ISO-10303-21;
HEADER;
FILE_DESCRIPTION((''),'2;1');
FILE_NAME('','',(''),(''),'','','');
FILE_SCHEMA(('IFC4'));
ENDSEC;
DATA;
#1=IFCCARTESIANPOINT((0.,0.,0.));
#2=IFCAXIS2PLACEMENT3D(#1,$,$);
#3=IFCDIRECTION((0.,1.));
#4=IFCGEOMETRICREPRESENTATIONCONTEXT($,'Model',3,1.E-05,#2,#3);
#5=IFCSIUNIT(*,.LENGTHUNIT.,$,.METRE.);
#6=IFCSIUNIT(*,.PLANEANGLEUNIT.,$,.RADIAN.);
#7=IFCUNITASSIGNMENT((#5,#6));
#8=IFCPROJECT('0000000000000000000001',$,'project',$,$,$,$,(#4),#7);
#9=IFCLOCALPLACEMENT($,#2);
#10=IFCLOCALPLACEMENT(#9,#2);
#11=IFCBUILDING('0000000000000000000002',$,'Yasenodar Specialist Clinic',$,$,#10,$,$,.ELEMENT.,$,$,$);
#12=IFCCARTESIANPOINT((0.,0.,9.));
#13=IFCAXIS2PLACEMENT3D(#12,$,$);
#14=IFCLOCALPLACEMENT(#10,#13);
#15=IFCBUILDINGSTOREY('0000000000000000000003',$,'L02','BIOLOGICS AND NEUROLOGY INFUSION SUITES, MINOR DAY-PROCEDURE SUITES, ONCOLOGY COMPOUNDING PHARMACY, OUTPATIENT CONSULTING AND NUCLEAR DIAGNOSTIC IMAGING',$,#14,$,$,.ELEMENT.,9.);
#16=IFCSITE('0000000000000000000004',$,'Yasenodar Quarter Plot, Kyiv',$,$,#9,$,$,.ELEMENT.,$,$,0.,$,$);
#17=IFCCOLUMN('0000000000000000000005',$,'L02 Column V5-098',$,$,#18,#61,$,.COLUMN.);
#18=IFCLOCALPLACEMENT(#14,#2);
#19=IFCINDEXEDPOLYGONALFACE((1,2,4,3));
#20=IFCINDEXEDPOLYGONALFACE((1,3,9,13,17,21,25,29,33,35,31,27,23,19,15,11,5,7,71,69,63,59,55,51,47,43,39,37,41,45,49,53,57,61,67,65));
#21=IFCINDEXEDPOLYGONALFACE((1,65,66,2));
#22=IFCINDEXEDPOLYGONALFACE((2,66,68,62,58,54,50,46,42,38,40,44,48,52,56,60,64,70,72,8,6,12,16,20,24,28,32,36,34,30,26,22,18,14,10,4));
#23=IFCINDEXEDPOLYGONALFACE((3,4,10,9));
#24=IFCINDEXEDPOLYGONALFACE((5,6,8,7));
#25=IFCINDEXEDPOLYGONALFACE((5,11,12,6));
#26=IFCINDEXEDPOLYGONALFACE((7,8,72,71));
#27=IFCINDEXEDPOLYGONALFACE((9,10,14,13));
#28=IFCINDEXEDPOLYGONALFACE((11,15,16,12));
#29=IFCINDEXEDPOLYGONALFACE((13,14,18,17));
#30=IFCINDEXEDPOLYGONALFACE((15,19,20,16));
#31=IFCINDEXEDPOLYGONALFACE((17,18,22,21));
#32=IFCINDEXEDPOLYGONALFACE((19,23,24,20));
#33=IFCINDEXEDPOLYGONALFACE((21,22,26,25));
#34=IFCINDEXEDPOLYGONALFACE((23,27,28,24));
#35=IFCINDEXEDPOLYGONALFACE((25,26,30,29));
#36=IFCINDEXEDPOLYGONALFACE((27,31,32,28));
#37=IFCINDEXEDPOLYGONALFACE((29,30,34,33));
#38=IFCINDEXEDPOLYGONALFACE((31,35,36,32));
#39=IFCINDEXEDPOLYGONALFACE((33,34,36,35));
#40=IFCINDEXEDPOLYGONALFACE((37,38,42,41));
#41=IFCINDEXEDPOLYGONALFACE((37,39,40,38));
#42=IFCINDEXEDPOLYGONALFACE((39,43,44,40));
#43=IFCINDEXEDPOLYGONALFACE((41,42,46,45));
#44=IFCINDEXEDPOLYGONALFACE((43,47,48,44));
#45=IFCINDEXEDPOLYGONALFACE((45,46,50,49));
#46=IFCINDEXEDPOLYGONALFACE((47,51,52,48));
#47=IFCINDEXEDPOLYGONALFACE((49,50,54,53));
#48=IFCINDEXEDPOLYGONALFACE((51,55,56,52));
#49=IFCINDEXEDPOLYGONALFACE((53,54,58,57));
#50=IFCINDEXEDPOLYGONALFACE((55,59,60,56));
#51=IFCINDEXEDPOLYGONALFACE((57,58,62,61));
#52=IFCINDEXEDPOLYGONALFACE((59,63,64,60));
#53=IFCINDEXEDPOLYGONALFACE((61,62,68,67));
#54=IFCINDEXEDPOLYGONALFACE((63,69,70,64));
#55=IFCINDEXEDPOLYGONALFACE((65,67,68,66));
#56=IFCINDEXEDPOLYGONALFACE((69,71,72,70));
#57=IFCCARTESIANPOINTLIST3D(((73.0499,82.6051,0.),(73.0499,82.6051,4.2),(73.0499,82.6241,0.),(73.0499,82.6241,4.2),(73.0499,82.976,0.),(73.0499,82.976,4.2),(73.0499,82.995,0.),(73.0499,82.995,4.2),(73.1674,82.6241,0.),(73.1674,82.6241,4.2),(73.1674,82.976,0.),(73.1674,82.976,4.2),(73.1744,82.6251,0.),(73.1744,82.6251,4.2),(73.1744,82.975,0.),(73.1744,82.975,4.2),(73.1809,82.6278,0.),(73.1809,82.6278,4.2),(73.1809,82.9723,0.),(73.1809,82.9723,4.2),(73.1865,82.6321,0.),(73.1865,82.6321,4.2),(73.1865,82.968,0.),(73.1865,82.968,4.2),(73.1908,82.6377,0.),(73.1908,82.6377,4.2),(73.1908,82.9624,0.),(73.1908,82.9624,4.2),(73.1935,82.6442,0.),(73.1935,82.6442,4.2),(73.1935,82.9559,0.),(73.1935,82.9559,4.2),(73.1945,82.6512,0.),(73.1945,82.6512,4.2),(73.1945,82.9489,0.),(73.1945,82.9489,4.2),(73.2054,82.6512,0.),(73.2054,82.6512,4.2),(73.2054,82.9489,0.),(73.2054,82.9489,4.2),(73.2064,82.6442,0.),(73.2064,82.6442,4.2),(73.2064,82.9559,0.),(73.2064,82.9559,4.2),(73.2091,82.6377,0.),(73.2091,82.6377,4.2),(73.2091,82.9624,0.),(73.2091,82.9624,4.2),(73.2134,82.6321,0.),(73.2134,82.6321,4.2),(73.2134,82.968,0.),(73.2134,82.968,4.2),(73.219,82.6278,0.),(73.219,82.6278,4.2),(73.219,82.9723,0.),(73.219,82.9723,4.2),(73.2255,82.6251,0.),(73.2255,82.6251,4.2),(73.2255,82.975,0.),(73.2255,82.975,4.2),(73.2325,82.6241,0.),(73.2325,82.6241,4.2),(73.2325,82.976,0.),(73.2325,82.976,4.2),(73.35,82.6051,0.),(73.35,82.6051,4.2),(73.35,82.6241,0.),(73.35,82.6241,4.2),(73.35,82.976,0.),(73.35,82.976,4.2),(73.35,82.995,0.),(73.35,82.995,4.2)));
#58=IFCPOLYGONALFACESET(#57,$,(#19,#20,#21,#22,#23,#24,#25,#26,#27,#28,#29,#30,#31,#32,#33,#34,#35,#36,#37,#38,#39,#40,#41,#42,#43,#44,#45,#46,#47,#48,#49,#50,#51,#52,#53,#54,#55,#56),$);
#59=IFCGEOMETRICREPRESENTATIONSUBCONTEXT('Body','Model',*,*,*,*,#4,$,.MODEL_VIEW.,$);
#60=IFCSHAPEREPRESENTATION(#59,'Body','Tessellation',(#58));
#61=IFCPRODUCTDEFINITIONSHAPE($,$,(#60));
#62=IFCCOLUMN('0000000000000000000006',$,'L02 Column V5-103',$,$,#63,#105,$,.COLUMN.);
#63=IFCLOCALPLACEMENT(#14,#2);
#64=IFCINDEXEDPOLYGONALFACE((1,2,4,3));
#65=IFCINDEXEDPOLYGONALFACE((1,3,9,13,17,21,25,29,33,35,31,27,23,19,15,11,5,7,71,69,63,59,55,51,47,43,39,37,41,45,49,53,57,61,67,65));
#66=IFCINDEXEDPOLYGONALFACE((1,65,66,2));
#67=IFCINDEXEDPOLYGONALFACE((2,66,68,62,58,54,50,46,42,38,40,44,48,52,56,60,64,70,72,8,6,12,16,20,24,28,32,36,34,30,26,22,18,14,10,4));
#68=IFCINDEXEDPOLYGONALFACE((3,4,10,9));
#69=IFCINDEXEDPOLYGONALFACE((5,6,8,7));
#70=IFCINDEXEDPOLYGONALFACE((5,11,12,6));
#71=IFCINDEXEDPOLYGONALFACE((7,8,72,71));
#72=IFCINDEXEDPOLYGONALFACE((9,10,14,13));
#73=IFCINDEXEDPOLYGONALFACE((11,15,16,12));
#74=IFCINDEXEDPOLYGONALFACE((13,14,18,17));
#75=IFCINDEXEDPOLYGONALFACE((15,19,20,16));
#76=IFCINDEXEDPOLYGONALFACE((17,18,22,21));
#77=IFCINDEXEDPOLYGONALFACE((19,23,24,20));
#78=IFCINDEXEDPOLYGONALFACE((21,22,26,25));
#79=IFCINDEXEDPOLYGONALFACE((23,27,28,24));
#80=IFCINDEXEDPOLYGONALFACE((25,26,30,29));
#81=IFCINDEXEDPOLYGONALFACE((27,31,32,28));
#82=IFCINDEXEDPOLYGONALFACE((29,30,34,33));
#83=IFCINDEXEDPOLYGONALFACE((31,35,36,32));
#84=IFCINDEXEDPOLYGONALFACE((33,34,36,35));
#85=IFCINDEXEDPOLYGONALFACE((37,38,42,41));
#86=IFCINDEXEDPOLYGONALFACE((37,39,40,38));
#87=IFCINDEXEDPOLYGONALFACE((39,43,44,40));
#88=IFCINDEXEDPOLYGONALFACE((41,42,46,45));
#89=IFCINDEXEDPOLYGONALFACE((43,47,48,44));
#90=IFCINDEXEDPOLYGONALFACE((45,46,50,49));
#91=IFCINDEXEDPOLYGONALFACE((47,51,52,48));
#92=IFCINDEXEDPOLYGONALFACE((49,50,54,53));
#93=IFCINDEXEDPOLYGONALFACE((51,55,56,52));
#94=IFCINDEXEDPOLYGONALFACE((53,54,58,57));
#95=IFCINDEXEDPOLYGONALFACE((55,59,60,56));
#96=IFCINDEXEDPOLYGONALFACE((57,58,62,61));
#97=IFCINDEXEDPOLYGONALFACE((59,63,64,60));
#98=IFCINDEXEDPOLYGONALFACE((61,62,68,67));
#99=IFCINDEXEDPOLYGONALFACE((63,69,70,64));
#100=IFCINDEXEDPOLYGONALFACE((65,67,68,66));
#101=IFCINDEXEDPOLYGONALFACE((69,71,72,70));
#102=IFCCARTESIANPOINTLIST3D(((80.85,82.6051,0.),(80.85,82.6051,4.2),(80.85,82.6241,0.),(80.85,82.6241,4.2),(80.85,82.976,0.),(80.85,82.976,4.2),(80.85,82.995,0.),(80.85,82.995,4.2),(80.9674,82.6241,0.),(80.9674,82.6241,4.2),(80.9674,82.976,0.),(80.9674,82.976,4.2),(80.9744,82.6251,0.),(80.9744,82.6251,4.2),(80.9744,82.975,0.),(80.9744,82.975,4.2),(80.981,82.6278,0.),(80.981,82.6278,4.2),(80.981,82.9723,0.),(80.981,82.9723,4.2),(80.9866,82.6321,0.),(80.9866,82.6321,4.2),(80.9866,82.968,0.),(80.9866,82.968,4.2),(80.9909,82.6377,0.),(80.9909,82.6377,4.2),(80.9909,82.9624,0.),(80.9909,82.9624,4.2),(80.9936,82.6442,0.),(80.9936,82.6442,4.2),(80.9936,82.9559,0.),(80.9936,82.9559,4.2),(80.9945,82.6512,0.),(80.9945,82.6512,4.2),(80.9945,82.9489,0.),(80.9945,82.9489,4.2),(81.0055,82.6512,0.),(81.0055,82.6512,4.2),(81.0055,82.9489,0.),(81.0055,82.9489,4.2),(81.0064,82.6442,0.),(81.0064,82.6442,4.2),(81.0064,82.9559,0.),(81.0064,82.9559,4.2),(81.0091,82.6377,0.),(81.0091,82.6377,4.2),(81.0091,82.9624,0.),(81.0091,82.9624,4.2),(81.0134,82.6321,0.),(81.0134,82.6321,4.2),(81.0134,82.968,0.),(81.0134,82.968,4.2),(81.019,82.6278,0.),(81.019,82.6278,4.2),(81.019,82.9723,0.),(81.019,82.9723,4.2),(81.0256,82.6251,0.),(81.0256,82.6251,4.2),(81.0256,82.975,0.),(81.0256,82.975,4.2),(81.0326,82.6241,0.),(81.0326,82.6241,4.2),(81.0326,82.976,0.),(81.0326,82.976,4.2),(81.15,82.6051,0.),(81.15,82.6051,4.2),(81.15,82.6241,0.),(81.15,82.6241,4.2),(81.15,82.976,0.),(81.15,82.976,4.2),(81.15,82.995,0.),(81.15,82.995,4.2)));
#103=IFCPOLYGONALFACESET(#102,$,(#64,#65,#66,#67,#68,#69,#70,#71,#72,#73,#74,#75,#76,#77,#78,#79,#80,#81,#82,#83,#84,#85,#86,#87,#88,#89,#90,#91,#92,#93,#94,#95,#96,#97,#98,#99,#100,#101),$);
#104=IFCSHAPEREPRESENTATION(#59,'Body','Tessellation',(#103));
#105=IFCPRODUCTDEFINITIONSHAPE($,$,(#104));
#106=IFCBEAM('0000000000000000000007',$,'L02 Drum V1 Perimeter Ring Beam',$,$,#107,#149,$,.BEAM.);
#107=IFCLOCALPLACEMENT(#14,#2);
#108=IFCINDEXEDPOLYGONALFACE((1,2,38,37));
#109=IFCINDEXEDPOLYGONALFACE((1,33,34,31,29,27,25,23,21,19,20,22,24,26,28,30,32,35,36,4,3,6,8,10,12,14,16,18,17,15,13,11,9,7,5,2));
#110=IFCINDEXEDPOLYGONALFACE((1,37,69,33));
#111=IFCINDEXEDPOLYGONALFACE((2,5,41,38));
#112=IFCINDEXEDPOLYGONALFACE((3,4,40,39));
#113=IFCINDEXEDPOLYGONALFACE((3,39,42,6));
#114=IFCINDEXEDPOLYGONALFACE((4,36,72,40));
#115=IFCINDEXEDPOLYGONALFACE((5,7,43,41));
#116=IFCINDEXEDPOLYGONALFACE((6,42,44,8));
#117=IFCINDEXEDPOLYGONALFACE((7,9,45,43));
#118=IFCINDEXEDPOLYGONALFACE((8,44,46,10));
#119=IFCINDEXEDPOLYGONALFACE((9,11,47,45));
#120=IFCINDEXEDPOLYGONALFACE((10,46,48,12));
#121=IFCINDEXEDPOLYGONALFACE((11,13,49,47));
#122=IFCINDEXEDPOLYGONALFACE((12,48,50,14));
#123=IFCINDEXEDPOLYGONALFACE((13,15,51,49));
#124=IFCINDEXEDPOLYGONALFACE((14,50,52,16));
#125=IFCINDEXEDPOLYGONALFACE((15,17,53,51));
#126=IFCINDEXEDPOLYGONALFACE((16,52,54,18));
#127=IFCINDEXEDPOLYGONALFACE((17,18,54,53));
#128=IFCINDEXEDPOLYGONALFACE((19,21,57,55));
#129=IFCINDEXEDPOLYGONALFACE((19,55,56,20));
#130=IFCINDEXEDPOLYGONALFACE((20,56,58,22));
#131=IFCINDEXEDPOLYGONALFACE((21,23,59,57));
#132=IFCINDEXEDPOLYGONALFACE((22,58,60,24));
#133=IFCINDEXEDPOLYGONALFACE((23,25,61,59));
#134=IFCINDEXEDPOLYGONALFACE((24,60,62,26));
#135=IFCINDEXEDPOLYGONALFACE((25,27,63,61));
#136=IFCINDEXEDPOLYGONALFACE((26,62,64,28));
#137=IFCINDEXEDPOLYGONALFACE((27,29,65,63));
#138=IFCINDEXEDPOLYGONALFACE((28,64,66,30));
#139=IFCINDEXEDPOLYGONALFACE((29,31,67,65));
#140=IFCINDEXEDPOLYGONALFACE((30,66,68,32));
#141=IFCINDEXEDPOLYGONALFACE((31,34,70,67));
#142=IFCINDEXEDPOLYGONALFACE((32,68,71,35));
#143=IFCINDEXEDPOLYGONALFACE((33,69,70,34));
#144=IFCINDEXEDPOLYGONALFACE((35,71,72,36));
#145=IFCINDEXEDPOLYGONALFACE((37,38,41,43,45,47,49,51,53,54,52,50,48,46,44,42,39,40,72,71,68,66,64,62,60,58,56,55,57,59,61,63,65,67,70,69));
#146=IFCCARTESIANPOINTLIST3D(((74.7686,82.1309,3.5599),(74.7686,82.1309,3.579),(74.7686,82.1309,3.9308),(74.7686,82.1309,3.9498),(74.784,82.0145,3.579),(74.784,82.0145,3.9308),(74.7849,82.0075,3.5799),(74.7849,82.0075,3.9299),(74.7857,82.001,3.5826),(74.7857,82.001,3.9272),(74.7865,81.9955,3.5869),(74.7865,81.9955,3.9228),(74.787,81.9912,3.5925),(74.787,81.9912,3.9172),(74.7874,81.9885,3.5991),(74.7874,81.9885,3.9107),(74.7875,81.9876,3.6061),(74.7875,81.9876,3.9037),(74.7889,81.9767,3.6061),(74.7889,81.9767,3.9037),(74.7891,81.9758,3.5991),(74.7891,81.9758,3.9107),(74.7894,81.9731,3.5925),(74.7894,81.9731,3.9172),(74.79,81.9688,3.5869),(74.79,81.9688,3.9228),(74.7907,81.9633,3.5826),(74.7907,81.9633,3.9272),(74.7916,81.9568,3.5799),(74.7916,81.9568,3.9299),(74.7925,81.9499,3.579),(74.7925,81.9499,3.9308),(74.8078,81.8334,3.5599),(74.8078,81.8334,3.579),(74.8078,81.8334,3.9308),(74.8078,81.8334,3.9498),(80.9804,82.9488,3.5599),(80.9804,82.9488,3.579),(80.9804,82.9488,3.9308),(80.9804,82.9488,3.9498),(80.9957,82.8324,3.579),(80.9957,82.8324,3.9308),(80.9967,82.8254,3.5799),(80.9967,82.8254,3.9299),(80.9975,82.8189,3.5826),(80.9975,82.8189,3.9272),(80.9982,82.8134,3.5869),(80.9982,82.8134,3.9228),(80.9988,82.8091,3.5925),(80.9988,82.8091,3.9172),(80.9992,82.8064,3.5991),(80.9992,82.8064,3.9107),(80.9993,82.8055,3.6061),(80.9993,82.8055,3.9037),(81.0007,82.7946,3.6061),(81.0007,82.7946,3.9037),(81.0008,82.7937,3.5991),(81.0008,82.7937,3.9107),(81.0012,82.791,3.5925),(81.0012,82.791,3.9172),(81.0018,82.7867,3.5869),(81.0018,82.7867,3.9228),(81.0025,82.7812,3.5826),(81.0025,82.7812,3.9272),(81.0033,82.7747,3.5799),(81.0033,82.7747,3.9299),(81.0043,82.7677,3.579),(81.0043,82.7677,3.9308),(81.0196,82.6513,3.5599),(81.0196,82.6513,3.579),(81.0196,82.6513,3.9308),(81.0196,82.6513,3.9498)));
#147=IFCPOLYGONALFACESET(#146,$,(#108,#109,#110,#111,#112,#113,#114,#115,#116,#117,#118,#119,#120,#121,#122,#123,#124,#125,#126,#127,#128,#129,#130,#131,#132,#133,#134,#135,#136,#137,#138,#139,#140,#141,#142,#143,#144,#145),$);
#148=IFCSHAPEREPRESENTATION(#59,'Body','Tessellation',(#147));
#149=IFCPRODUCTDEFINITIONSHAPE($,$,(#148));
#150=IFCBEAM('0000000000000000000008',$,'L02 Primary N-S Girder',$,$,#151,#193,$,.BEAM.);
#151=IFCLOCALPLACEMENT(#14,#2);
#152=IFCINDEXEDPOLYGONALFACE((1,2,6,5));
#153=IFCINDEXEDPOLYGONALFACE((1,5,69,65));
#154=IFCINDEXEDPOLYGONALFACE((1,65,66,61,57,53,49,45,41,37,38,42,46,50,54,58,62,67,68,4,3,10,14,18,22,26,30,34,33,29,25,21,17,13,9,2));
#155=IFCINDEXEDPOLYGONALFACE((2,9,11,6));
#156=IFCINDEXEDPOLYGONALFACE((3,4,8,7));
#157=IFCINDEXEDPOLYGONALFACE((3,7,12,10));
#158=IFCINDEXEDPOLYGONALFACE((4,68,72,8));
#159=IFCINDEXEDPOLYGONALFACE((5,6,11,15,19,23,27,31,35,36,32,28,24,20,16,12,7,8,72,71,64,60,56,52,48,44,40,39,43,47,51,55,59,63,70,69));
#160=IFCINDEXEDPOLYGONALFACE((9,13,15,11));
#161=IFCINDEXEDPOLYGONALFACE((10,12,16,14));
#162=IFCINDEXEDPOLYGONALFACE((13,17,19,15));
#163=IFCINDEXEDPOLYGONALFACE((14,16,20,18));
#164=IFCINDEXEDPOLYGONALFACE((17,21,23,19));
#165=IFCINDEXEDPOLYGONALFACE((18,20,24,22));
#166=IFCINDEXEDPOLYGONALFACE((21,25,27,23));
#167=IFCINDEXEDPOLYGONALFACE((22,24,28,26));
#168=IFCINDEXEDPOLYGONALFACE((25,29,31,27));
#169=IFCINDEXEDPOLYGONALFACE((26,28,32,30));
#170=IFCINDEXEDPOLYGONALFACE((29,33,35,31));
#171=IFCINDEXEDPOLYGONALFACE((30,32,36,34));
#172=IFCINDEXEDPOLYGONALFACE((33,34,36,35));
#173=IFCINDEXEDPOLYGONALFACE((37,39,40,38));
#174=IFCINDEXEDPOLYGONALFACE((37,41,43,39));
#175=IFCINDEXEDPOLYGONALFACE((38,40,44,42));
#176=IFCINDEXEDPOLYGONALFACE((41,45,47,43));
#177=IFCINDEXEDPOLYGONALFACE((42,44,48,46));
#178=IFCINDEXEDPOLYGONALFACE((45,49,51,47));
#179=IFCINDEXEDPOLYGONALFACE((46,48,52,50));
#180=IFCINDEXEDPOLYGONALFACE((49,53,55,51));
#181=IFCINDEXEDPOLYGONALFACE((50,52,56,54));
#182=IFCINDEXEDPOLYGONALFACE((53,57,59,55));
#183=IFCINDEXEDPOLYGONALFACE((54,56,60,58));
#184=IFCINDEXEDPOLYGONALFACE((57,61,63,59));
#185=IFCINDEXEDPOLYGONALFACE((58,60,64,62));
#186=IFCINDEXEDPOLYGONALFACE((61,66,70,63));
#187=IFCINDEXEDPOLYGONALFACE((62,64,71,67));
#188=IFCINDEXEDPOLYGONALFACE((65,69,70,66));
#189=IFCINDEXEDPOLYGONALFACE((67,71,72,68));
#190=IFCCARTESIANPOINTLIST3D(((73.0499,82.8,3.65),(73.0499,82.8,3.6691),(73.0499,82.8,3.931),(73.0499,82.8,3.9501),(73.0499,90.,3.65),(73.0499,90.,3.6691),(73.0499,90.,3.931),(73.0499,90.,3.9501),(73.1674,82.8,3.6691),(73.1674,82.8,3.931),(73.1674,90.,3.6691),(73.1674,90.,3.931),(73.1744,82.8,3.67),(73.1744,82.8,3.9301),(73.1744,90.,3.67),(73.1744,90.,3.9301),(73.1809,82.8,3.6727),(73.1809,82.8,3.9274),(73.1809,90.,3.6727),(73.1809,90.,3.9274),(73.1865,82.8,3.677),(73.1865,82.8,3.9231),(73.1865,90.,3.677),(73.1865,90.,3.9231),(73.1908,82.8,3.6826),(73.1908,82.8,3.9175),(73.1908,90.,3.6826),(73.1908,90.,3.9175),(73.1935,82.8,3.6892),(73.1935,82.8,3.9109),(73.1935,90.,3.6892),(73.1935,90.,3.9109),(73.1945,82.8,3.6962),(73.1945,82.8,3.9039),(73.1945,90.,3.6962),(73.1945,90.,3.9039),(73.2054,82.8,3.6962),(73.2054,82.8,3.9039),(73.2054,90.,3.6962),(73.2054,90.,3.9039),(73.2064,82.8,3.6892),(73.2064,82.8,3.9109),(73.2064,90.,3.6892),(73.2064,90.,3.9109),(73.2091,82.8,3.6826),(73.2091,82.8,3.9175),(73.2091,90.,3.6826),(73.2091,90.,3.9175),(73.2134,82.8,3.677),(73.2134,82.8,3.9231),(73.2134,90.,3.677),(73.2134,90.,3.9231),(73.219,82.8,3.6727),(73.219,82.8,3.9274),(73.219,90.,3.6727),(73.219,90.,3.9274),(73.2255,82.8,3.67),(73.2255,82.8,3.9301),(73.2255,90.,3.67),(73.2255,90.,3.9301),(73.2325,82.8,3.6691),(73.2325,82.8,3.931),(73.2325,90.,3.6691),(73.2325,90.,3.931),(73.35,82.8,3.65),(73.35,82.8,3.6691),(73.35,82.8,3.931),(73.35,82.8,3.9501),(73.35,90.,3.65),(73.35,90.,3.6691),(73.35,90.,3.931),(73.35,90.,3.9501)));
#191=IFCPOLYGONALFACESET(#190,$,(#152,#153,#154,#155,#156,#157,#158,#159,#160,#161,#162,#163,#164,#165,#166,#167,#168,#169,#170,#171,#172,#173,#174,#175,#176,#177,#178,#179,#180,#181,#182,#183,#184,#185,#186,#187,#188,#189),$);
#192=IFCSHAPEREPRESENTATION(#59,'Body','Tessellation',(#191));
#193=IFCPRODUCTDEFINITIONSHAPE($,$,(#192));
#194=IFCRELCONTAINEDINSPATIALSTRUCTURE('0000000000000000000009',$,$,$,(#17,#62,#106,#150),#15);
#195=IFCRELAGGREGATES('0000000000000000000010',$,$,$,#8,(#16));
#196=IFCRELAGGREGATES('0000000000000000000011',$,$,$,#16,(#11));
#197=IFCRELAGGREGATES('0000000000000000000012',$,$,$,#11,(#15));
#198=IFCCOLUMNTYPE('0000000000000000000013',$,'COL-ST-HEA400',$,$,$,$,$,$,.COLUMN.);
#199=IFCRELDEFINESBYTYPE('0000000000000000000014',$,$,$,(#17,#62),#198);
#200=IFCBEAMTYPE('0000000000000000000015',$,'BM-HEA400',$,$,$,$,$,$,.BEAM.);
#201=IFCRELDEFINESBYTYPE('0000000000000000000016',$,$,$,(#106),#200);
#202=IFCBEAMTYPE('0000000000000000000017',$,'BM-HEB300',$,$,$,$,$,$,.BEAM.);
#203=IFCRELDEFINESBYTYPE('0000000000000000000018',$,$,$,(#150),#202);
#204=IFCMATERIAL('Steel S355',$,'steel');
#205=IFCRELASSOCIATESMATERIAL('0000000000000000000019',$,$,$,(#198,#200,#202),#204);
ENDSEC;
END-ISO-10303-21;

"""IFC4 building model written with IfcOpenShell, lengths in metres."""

from ifc_helpers import new_model, si_unit, direction, frame, origin, origin_2d, place, context, subcontext, project, spatial, i_section, extrude, material, material_profile, profile_set, type_object, element, save


model = new_model("IFC4")

# Units and contexts
model_context = context("Model", 3, precision=1e-05, world=origin(), true_north=direction((0.0, 1.0)))
body_context = subcontext(model_context, "Body", "Model", "MODEL_VIEW")
ifc_project = project(units=[si_unit("LENGTHUNIT", "METRE"), si_unit("PLANEANGLEUNIT", "RADIAN")], contexts=[model_context])

# Site, building, storey
site_placement = place(None, origin())
site = spatial("IfcSite", under=ifc_project, at=site_placement, Name="Yasenodar Quarter Plot, Kyiv", CompositionType="ELEMENT", RefElevation=0.0)
building_placement = place(site_placement, origin())
building = spatial("IfcBuilding", under=site, at=building_placement, Name="Yasenodar Specialist Clinic", CompositionType="ELEMENT")
storey_placement = place(building_placement, frame((0.0, 0.0, 9.0)))
storey = spatial("IfcBuildingStorey", under=building, at=storey_placement, Name="L02", Description="BIOLOGICS AND NEUROLOGY INFUSION SUITES, MINOR DAY-PROCEDURE SUITES, ONCOLOGY COMPOUNDING PHARMACY, OUTPATIENT CONSULTING AND NUCLEAR DIAGNOSTIC IMAGING", CompositionType="ELEMENT", Elevation=9.0)

# Columns
ifc_material_1 = material(Name="Steel S355", Category="steel")
ifc_material_profile_1 = material_profile(ifc_material_1, i_section(OverallWidth=0.3, OverallDepth=0.3899, WebThickness=0.011, FlangeThickness=0.019, FilletRadius=0.0271, at=origin_2d()), Name="HEA 400")
ifc_profile_set_1 = profile_set([ifc_material_profile_1], Name="Steel S355")
column_type = type_object("IfcColumnType", Name="COL-ST-HEA400", PredefinedType="COLUMN", material=ifc_profile_set_1)
for number, where, z_axis, x_axis, name in (
    (1, (73.2, 82.8, 0.0), (0.0, 0.0, 1.0), (1.0, 0.0, 0.0), "L02 Column V5-098"),
    (2, (81.0, 82.8, 0.0), (0.0, 0.0, 1.0), (1.0, 0.0, 0.0), "L02 Column V5-103"),
):
    element("IfcColumn", number, at=place(storey_placement, frame(where, z_axis=z_axis, x_axis=x_axis)), inside=storey, type_object=column_type, Name=name, PredefinedType="COLUMN", context=body_context, shape_type="SweptSolid", body=[
        extrude(i_section(OverallWidth=0.3, OverallDepth=0.3899, WebThickness=0.011, FlangeThickness=0.019, FilletRadius=0.0271, at=origin_2d()), origin(), (0.0, 0.0, 1.0), 4.2),
    ])

# Beams
ifc_material_profile_2 = material_profile(ifc_material_1, i_section(OverallWidth=0.3, OverallDepth=0.3899, WebThickness=0.011, FlangeThickness=0.019, FilletRadius=0.0271, at=origin_2d()), Name="HEA 400")
ifc_profile_set_2 = profile_set([ifc_material_profile_2], Name="Steel S355")
beam_type_1 = type_object("IfcBeamType", Name="BM-HEA400", PredefinedType="BEAM", material=ifc_profile_set_2)
beam_1_placement = place(storey_placement, frame((81.0, 82.8, 3.7549), z_axis=(-0.991443, -0.13054, 0.0), x_axis=(0.13054, -0.991443, 0.0)))
element("IfcBeam", 3, at=beam_1_placement, inside=storey, type_object=beam_type_1, Name="L02 Drum V1 Perimeter Ring Beam", PredefinedType="BEAM", context=body_context, shape_type="SweptSolid", body=[
    extrude(i_section(OverallWidth=0.3, OverallDepth=0.3899, WebThickness=0.011, FlangeThickness=0.019, FilletRadius=0.0271, at=origin_2d()), origin(), (0.0, 0.0, 1.0), 6.2654),
])
ifc_material_profile_3 = material_profile(ifc_material_1, i_section(OverallWidth=0.3, OverallDepth=0.3, WebThickness=0.011, FlangeThickness=0.019, FilletRadius=0.0271, at=origin_2d()), Name="HEB 300")
ifc_profile_set_3 = profile_set([ifc_material_profile_3], Name="Steel S355")
beam_type_2 = type_object("IfcBeamType", Name="BM-HEB300", PredefinedType="BEAM", material=ifc_profile_set_3)
beam_2_placement = place(storey_placement, frame((73.2, 82.8, 3.8), z_axis=(0.0, 1.0, 0.0), x_axis=(-1.0, 0.0, 0.0)))
element("IfcBeam", 4, at=beam_2_placement, inside=storey, type_object=beam_type_2, Name="L02 Primary N-S Girder", PredefinedType="BEAM", context=body_context, shape_type="SweptSolid", body=[
    extrude(i_section(OverallWidth=0.3, OverallDepth=0.3, WebThickness=0.011, FlangeThickness=0.019, FilletRadius=0.0271, at=origin_2d()), origin(), (0.0, 0.0, 1.0), 7.2),
])

save(model, "model.ifc")
